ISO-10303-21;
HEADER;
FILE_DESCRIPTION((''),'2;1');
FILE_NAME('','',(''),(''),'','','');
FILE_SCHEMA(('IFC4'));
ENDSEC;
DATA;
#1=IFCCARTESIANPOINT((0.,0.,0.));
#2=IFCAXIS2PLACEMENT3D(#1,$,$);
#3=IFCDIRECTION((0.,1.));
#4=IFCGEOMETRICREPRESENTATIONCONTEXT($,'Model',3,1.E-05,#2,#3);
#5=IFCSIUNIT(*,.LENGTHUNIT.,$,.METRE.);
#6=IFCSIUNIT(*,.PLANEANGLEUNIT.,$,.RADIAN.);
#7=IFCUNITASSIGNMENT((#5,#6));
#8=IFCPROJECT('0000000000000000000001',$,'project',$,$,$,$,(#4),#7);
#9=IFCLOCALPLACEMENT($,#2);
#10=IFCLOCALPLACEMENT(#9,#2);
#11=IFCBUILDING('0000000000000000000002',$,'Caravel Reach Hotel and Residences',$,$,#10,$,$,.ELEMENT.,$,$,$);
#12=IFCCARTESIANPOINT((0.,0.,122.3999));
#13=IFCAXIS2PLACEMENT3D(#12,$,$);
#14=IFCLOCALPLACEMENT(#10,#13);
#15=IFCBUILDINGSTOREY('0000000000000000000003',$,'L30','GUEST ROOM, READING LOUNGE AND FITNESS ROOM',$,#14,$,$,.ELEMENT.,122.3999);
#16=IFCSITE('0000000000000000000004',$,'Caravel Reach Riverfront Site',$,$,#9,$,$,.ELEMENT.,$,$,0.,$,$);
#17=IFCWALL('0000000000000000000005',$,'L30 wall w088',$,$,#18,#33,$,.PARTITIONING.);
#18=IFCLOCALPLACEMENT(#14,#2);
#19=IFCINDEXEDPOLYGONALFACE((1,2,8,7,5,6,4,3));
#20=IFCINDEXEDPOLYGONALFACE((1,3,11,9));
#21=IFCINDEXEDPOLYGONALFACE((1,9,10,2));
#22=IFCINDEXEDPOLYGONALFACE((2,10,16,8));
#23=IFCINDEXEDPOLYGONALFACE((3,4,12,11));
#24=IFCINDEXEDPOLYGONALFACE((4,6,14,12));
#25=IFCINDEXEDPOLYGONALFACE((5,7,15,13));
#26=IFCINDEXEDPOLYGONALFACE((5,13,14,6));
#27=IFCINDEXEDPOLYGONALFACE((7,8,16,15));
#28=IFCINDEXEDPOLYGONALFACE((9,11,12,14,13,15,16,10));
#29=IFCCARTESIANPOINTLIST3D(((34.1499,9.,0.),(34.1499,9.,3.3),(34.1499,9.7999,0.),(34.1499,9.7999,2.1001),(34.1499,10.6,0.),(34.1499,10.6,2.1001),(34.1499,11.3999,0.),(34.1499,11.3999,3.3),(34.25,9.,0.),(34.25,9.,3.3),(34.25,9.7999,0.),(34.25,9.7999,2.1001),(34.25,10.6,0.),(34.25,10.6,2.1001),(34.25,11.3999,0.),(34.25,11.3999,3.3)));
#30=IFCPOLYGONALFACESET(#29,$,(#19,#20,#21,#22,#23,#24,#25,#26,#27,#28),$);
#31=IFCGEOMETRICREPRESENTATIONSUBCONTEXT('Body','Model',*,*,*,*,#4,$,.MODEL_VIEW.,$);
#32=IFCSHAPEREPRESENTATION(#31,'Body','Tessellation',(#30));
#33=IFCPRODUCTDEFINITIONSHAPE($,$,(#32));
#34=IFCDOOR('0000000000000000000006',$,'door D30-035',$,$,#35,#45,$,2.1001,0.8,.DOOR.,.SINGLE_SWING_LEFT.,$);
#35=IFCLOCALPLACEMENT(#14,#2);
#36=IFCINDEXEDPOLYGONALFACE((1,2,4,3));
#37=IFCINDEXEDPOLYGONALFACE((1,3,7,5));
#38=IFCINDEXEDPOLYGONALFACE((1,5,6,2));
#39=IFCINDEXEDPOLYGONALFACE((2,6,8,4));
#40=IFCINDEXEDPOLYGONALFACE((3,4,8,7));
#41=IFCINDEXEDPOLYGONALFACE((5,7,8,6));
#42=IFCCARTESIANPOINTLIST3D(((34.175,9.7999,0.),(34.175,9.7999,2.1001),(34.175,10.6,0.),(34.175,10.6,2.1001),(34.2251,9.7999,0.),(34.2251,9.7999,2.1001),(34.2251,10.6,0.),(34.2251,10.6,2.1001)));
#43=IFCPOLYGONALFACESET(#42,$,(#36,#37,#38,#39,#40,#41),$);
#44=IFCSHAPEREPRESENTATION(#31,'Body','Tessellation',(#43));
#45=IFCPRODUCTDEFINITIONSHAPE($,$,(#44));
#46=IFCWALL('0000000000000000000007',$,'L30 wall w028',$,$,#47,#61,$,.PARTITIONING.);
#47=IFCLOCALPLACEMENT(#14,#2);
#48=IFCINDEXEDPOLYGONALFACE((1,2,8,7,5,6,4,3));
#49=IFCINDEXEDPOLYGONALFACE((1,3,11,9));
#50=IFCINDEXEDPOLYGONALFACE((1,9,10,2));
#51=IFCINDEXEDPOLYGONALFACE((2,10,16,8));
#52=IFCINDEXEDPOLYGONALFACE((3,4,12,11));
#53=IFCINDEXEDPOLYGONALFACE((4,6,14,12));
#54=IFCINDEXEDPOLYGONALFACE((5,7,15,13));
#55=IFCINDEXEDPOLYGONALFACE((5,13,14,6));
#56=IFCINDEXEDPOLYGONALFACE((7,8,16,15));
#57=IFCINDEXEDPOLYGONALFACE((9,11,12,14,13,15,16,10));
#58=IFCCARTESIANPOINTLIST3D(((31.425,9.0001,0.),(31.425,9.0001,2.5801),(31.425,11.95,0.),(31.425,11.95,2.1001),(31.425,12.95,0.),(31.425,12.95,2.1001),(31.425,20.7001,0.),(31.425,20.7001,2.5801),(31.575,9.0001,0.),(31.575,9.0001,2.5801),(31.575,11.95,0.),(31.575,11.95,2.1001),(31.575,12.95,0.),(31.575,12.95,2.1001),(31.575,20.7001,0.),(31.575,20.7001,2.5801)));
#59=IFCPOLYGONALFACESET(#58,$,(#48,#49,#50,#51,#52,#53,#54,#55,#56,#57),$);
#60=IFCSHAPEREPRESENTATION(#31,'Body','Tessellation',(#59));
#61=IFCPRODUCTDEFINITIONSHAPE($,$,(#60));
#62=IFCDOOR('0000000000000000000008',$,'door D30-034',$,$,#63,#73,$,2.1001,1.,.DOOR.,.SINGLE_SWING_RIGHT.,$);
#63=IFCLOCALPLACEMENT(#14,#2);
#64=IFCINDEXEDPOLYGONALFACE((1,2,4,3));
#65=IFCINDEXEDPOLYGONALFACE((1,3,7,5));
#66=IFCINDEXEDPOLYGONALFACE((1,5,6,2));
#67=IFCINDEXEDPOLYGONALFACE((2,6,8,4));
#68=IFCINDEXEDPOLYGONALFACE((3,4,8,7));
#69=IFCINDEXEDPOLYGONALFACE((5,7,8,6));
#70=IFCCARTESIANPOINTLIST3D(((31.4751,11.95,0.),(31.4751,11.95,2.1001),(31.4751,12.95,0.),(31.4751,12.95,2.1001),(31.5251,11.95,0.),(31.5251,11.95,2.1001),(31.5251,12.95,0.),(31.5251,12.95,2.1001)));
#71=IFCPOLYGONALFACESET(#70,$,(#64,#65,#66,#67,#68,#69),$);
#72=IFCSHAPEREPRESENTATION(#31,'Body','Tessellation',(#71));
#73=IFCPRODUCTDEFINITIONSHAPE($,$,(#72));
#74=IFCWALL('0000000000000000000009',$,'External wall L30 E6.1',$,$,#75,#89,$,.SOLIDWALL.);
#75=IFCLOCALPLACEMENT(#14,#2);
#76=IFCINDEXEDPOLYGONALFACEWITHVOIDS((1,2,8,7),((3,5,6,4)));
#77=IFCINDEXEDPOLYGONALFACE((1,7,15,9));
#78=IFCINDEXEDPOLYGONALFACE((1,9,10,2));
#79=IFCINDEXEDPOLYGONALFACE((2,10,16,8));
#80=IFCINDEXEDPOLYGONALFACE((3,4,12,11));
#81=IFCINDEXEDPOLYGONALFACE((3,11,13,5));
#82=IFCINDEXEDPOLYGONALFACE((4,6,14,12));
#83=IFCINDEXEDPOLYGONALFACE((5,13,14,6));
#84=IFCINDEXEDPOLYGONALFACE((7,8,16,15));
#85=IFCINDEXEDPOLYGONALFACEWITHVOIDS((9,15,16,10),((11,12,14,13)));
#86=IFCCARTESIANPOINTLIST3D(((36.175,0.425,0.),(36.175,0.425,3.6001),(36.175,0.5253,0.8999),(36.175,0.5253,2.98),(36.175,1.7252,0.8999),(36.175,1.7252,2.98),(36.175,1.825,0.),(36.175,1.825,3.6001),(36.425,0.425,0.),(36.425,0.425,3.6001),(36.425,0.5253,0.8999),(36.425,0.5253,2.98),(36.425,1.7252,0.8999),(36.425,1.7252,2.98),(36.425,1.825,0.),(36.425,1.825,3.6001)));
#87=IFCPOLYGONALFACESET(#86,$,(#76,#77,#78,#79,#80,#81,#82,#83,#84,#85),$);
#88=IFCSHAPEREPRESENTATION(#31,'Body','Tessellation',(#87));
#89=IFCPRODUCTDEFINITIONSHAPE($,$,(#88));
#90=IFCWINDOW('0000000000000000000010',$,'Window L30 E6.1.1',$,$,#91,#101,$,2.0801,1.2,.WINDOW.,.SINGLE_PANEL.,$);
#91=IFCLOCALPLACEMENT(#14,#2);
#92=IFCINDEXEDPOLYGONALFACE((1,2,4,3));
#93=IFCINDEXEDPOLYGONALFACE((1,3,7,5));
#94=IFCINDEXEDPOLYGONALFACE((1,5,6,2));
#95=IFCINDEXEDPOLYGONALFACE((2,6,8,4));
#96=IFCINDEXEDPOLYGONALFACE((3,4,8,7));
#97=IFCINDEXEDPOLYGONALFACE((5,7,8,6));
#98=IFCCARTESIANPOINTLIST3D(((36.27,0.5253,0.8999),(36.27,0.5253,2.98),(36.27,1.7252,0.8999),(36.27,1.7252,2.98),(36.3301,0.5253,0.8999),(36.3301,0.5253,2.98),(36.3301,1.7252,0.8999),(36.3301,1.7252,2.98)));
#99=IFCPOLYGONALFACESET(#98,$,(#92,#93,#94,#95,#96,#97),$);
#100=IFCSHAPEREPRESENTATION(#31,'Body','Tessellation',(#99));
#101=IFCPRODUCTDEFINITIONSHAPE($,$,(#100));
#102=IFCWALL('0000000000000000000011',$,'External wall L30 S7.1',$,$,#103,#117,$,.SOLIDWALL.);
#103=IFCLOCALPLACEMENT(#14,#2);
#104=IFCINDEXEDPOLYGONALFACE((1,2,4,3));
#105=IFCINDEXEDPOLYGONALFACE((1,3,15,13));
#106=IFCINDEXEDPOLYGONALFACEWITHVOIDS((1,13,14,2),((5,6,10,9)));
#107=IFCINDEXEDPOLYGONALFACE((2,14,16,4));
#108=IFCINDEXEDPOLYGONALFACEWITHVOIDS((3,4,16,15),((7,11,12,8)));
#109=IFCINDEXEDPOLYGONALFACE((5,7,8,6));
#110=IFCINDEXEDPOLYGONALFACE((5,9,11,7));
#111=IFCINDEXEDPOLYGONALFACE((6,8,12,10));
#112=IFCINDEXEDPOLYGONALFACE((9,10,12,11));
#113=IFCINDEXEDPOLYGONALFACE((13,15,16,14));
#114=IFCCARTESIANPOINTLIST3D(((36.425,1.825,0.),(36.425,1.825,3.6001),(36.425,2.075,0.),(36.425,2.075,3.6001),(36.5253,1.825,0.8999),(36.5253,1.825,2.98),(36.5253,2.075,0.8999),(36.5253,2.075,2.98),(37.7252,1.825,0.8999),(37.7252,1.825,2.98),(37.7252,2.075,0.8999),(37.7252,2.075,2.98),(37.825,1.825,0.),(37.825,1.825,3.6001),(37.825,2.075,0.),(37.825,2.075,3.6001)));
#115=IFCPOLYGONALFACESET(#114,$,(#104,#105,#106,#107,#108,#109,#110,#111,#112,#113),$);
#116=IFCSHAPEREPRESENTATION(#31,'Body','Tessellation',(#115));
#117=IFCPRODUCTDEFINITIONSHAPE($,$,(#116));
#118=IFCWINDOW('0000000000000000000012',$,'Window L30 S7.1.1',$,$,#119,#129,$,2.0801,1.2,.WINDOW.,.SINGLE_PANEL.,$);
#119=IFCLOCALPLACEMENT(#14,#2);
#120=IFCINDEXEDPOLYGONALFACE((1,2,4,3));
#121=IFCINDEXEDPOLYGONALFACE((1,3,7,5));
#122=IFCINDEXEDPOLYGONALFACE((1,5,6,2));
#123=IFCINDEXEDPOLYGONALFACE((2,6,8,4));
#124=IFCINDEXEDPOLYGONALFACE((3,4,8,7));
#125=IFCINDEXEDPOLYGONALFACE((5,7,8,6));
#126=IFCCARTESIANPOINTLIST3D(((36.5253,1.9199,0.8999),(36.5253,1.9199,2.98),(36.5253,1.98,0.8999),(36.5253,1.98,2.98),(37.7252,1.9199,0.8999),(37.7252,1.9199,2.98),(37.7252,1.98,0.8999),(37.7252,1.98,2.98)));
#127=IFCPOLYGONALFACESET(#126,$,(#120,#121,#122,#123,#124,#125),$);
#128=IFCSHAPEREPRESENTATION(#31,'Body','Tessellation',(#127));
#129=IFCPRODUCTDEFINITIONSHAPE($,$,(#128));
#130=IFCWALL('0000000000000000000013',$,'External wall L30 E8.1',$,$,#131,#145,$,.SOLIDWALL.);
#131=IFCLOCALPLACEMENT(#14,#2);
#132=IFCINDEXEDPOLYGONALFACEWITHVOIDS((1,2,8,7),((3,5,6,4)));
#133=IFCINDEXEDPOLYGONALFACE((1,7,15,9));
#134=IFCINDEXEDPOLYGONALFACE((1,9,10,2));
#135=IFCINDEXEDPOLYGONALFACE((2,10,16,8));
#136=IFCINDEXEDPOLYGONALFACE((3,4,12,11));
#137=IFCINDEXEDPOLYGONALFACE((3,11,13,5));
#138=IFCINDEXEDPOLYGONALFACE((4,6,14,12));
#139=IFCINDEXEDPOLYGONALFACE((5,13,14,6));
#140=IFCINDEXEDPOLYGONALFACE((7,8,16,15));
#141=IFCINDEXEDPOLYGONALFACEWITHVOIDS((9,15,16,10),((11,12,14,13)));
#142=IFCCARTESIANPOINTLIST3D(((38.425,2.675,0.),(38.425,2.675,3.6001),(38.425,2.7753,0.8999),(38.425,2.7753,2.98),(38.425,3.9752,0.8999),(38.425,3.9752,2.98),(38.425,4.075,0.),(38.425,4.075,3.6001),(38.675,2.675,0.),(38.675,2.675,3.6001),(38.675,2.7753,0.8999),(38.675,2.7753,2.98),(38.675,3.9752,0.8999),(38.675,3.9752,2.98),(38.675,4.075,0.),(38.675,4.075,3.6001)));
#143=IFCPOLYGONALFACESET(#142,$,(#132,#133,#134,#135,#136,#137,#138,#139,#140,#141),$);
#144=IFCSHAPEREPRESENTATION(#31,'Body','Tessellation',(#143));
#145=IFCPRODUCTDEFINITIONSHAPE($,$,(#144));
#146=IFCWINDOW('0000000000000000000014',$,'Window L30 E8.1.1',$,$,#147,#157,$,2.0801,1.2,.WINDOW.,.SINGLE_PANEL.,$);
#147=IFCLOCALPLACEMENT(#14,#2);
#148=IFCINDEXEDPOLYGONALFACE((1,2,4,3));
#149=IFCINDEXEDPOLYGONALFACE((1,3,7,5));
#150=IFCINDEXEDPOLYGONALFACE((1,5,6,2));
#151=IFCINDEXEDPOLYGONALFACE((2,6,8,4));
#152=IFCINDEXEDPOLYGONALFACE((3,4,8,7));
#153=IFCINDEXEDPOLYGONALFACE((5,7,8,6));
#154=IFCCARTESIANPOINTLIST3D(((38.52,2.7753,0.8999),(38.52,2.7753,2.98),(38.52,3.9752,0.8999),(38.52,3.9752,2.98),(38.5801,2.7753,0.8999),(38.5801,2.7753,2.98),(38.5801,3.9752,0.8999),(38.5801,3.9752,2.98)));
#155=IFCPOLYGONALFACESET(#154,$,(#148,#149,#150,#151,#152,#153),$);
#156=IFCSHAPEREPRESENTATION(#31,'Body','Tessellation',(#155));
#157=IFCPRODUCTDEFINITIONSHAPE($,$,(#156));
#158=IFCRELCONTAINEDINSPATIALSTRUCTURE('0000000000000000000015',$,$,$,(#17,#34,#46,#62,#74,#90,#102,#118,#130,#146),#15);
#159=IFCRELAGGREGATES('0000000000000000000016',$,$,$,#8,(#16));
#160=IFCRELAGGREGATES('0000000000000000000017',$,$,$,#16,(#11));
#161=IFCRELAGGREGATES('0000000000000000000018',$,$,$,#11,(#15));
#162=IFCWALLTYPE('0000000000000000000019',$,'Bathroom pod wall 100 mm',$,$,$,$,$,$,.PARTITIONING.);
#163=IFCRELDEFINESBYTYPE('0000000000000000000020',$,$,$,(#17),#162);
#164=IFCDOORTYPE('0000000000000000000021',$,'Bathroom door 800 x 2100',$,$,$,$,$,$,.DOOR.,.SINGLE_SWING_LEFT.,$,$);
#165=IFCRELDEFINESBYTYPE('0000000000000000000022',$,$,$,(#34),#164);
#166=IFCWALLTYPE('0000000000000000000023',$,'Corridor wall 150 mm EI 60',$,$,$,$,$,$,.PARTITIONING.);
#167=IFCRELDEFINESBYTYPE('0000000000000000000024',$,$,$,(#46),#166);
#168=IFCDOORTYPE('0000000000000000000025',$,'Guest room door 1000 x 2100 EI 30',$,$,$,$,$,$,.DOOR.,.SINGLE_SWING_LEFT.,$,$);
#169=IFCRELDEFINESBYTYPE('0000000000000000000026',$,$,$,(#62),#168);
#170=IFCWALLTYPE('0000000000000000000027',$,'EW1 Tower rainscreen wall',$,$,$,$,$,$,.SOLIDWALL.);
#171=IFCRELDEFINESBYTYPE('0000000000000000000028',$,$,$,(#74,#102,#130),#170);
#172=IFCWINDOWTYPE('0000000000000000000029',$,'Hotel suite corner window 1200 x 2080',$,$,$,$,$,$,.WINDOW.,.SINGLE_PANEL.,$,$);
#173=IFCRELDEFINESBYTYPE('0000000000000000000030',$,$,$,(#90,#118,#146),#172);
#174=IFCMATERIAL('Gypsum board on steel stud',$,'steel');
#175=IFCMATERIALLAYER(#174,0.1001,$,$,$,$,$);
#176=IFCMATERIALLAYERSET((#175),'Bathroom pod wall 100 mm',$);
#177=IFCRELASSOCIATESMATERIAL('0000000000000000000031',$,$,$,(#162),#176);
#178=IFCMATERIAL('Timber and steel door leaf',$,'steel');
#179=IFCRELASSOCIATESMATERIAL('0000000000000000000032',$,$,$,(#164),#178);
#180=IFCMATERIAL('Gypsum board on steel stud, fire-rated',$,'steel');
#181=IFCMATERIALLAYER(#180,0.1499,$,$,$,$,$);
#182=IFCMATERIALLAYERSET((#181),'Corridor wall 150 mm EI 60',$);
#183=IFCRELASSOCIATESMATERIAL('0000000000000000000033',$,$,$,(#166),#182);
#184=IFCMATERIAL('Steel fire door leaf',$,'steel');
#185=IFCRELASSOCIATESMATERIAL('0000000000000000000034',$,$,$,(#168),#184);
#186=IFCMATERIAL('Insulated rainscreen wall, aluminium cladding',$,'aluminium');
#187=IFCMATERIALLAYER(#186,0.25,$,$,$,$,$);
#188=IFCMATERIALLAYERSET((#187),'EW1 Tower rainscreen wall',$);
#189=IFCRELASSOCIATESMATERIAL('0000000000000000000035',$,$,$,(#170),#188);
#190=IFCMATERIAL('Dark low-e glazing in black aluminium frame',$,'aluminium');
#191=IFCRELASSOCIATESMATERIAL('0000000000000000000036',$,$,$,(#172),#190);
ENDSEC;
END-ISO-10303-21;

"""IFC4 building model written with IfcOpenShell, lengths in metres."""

from ifc_helpers import new_model, si_unit, direction, frame, frame_2d, origin, place, context, subcontext, project, spatial, rectangle, extrude, material, layer, layer_set, type_object, element, fill, save


model = new_model("IFC4")

# Units and contexts
model_context = context("Model", 3, precision=1e-05, world=origin(), true_north=direction((0.0, 1.0)))
body_context = subcontext(model_context, "Body", "Model", "MODEL_VIEW")
ifc_project = project(units=[si_unit("LENGTHUNIT", "METRE"), si_unit("PLANEANGLEUNIT", "RADIAN")], contexts=[model_context])

# Site, building, storey
site_placement = place(None, origin())
site = spatial("IfcSite", under=ifc_project, at=site_placement, Name="Caravel Reach Riverfront Site", CompositionType="ELEMENT", RefElevation=0.0)
building_placement = place(site_placement, origin())
building = spatial("IfcBuilding", under=site, at=building_placement, Name="Caravel Reach Hotel and Residences", CompositionType="ELEMENT")
storey_placement = place(building_placement, frame((0.0, 0.0, 122.3999)))
storey = spatial("IfcBuildingStorey", under=building, at=storey_placement, Name="L30", Description="GUEST ROOM, READING LOUNGE AND FITNESS ROOM", CompositionType="ELEMENT", Elevation=122.3999)

# Shared definitions
ifc_material_1 = material(Name="Gypsum board on steel stud", Category="steel")
ifc_layer_1 = layer(ifc_material_1, 0.1001)
ifc_layer_set_1 = layer_set([ifc_layer_1], Name="Bathroom pod wall 100 mm")
wall_type_1 = type_object("IfcWallType", Name="Bathroom pod wall 100 mm", PredefinedType="PARTITIONING", material=ifc_layer_set_1)

# Walls, openings, doors
wall_1_placement = place(storey_placement, frame((34.2, 9.0, 0.0), z_axis=(0.0, 0.0, 1.0), x_axis=(0.0, 1.0, 0.0)))
wall_1 = element("IfcWall", 1, at=wall_1_placement, inside=storey, type_object=wall_type_1, Name="L30 wall w088", PredefinedType="PARTITIONING", context=body_context, shape_type="SweptSolid", body=[
    extrude(rectangle(XDim=2.3999, YDim=0.1001, at=frame_2d((1.2, 0.0))), origin(), (0.0, 0.0, 1.0), 3.3),
])
opening_1_placement = place(wall_1_placement, frame((0.8, 0.0, 0.0)))
opening_1 = element("IfcOpeningElement", 2, at=opening_1_placement, cuts=wall_1, PredefinedType="OPENING", context=body_context, shape_type="SweptSolid", body=[
    extrude(rectangle(XDim=0.8, YDim=2.1001, at=frame_2d((0.3999, 1.05))), frame((0.0, 0.0601, 0.0), z_axis=(0.0, -1.0, 0.0), x_axis=(1.0, 0.0, 0.0)), (0.0, 0.0, 1.0), 0.1201),
])
ifc_material_2 = material(Name="Timber and steel door leaf", Category="steel")
door_type_1 = type_object("IfcDoorType", Name="Bathroom door 800 x 2100", OperationType="SINGLE_SWING_LEFT", PredefinedType="DOOR", material=ifc_material_2)
door_1_placement = place(opening_1_placement, origin())
door_1 = element("IfcDoor", 3, at=door_1_placement, inside=storey, type_object=door_type_1, Name="door D30-035", OperationType="SINGLE_SWING_LEFT", OverallHeight=2.1001, OverallWidth=0.8, PredefinedType="DOOR", context=body_context, shape_type="SweptSolid", body=[
    extrude(rectangle(XDim=0.8, YDim=2.1001, at=frame_2d((0.3999, 1.05))), frame((0.0, 0.0249, 0.0), z_axis=(0.0, -1.0, 0.0), x_axis=(1.0, 0.0, 0.0)), (0.0, 0.0, 1.0), 0.05),
])
fill(opening_1, door_1)
ifc_material_3 = material(Name="Gypsum board on steel stud, fire-rated", Category="steel")
ifc_layer_2 = layer(ifc_material_3, 0.1499)
ifc_layer_set_2 = layer_set([ifc_layer_2], Name="Corridor wall 150 mm EI 60")
wall_type_2 = type_object("IfcWallType", Name="Corridor wall 150 mm EI 60", PredefinedType="PARTITIONING", material=ifc_layer_set_2)
wall_2_placement = place(storey_placement, frame((31.5, 9.0, 0.0), z_axis=(0.0, 0.0, 1.0), x_axis=(0.0, 1.0, 0.0)))
wall_2 = element("IfcWall", 4, at=wall_2_placement, inside=storey, type_object=wall_type_2, Name="L30 wall w028", PredefinedType="PARTITIONING", context=body_context, shape_type="SweptSolid", body=[
    extrude(rectangle(XDim=11.7, YDim=0.1499, at=frame_2d((5.8501, 0.0))), origin(), (0.0, 0.0, 1.0), 2.5801),
])
opening_2_placement = place(wall_2_placement, frame((2.95, 0.0, 0.0)))
opening_2 = element("IfcOpeningElement", 5, at=opening_2_placement, cuts=wall_2, PredefinedType="OPENING", context=body_context, shape_type="SweptSolid", body=[
    extrude(rectangle(XDim=1.0, YDim=2.1001, at=frame_2d((0.5, 1.05))), frame((0.0, 0.085, 0.0), z_axis=(0.0, -1.0, 0.0), x_axis=(1.0, 0.0, 0.0)), (0.0, 0.0, 1.0), 0.1699),
])
ifc_material_4 = material(Name="Steel fire door leaf", Category="steel")
door_type_2 = type_object("IfcDoorType", Name="Guest room door 1000 x 2100 EI 30", OperationType="SINGLE_SWING_LEFT", PredefinedType="DOOR", material=ifc_material_4)
door_2_placement = place(opening_2_placement, origin())
door_2 = element("IfcDoor", 6, at=door_2_placement, inside=storey, type_object=door_type_2, Name="door D30-034", OperationType="SINGLE_SWING_RIGHT", OverallHeight=2.1001, OverallWidth=1.0, PredefinedType="DOOR", context=body_context, shape_type="SweptSolid", body=[
    extrude(rectangle(XDim=1.0, YDim=2.1001, at=frame_2d((0.5, 1.05))), frame((0.0, 0.0249, 0.0), z_axis=(0.0, -1.0, 0.0), x_axis=(1.0, 0.0, 0.0)), (0.0, 0.0, 1.0), 0.05),
])
fill(opening_2, door_2)

# Walls, openings, windows
ifc_material_5 = material(Name="Insulated rainscreen wall, aluminium cladding", Category="aluminium")
ifc_layer_3 = layer(ifc_material_5, 0.25)
ifc_layer_set_3 = layer_set([ifc_layer_3], Name="EW1 Tower rainscreen wall")
wall_type_3 = type_object("IfcWallType", Name="EW1 Tower rainscreen wall", PredefinedType="SOLIDWALL", material=ifc_layer_set_3)
wall_3_placement = place(storey_placement, frame((36.3, 0.425, 0.0), z_axis=(0.0, 0.0, 1.0), x_axis=(0.0, 1.0, 0.0)))
wall_3 = element("IfcWall", 7, at=wall_3_placement, inside=storey, type_object=wall_type_3, Name="External wall L30 E6.1", PredefinedType="SOLIDWALL", context=body_context, shape_type="SweptSolid", body=[
    extrude(rectangle(XDim=1.3999, YDim=0.25, at=frame_2d((0.7, 0.0))), origin(), (0.0, 0.0, 1.0), 3.6001),
])
opening_3_placement = place(wall_3_placement, frame((0.1001, 0.0, 0.8999)))
opening_3 = element("IfcOpeningElement", 8, at=opening_3_placement, cuts=wall_3, PredefinedType="OPENING", context=body_context, shape_type="SweptSolid", body=[
    extrude(rectangle(XDim=1.2, YDim=2.0801, at=frame_2d((0.6001, 1.04))), frame((0.0, 0.135, 0.0), z_axis=(0.0, -1.0, 0.0), x_axis=(1.0, 0.0, 0.0)), (0.0, 0.0, 1.0), 0.27),
])
ifc_material_6 = material(Name="Dark low-e glazing in black aluminium frame", Category="aluminium")
window_type_1 = type_object("IfcWindowType", Name="Hotel suite corner window 1200 x 2080", PartitioningType="SINGLE_PANEL", PredefinedType="WINDOW", material=ifc_material_6)
window_1_placement = place(opening_3_placement, origin())
window_1 = element("IfcWindow", 9, at=window_1_placement, inside=storey, type_object=window_type_1, Name="Window L30 E6.1.1", OverallHeight=2.0801, OverallWidth=1.2, PartitioningType="SINGLE_PANEL", PredefinedType="WINDOW", context=body_context, shape_type="SweptSolid", body=[
    extrude(rectangle(XDim=1.2, YDim=2.0801, at=frame_2d((0.6001, 1.04))), frame((0.0, 0.03, 0.0), z_axis=(0.0, -1.0, 0.0), x_axis=(1.0, 0.0, 0.0)), (0.0, 0.0, 1.0), 0.0601),
])
fill(opening_3, window_1)
wall_4_placement = place(storey_placement, frame((36.425, 1.95, 0.0), z_axis=(0.0, 0.0, 1.0), x_axis=(1.0, 0.0, 0.0)))
wall_4 = element("IfcWall", 10, at=wall_4_placement, inside=storey, type_object=wall_type_3, Name="External wall L30 S7.1", PredefinedType="SOLIDWALL", context=body_context, shape_type="SweptSolid", body=[
    extrude(rectangle(XDim=1.3999, YDim=0.25, at=frame_2d((0.7, 0.0))), origin(), (0.0, 0.0, 1.0), 3.6001),
])
opening_4_placement = place(wall_4_placement, frame((0.1001, 0.0, 0.8999)))
opening_4 = element("IfcOpeningElement", 11, at=opening_4_placement, cuts=wall_4, PredefinedType="OPENING", context=body_context, shape_type="SweptSolid", body=[
    extrude(rectangle(XDim=1.2, YDim=2.0801, at=frame_2d((0.6001, 1.04))), frame((0.0, 0.135, 0.0), z_axis=(0.0, -1.0, 0.0), x_axis=(1.0, 0.0, 0.0)), (0.0, 0.0, 1.0), 0.27),
])
window_2_placement = place(opening_4_placement, origin())
window_2 = element("IfcWindow", 12, at=window_2_placement, inside=storey, type_object=window_type_1, Name="Window L30 S7.1.1", OverallHeight=2.0801, OverallWidth=1.2, PartitioningType="SINGLE_PANEL", PredefinedType="WINDOW", context=body_context, shape_type="SweptSolid", body=[
    extrude(rectangle(XDim=1.2, YDim=2.0801, at=frame_2d((0.6001, 1.04))), frame((0.0, 0.03, 0.0), z_axis=(0.0, -1.0, 0.0), x_axis=(1.0, 0.0, 0.0)), (0.0, 0.0, 1.0), 0.0601),
])
fill(opening_4, window_2)
wall_5_placement = place(storey_placement, frame((38.55, 2.675, 0.0), z_axis=(0.0, 0.0, 1.0), x_axis=(0.0, 1.0, 0.0)))
wall_5 = element("IfcWall", 13, at=wall_5_placement, inside=storey, type_object=wall_type_3, Name="External wall L30 E8.1", PredefinedType="SOLIDWALL", context=body_context, shape_type="SweptSolid", body=[
    extrude(rectangle(XDim=1.3999, YDim=0.25, at=frame_2d((0.7, 0.0))), origin(), (0.0, 0.0, 1.0), 3.6001),
])
opening_5_placement = place(wall_5_placement, frame((0.1001, 0.0, 0.8999)))
opening_5 = element("IfcOpeningElement", 14, at=opening_5_placement, cuts=wall_5, PredefinedType="OPENING", context=body_context, shape_type="SweptSolid", body=[
    extrude(rectangle(XDim=1.2, YDim=2.0801, at=frame_2d((0.6001, 1.04))), frame((0.0, 0.135, 0.0), z_axis=(0.0, -1.0, 0.0), x_axis=(1.0, 0.0, 0.0)), (0.0, 0.0, 1.0), 0.27),
])
window_3_placement = place(opening_5_placement, origin())
window_3 = element("IfcWindow", 15, at=window_3_placement, inside=storey, type_object=window_type_1, Name="Window L30 E8.1.1", OverallHeight=2.0801, OverallWidth=1.2, PartitioningType="SINGLE_PANEL", PredefinedType="WINDOW", context=body_context, shape_type="SweptSolid", body=[
    extrude(rectangle(XDim=1.2, YDim=2.0801, at=frame_2d((0.6001, 1.04))), frame((0.0, 0.03, 0.0), z_axis=(0.0, -1.0, 0.0), x_axis=(1.0, 0.0, 0.0)), (0.0, 0.0, 1.0), 0.0601),
])
fill(opening_5, window_3)

save(model, "model.ifc")
